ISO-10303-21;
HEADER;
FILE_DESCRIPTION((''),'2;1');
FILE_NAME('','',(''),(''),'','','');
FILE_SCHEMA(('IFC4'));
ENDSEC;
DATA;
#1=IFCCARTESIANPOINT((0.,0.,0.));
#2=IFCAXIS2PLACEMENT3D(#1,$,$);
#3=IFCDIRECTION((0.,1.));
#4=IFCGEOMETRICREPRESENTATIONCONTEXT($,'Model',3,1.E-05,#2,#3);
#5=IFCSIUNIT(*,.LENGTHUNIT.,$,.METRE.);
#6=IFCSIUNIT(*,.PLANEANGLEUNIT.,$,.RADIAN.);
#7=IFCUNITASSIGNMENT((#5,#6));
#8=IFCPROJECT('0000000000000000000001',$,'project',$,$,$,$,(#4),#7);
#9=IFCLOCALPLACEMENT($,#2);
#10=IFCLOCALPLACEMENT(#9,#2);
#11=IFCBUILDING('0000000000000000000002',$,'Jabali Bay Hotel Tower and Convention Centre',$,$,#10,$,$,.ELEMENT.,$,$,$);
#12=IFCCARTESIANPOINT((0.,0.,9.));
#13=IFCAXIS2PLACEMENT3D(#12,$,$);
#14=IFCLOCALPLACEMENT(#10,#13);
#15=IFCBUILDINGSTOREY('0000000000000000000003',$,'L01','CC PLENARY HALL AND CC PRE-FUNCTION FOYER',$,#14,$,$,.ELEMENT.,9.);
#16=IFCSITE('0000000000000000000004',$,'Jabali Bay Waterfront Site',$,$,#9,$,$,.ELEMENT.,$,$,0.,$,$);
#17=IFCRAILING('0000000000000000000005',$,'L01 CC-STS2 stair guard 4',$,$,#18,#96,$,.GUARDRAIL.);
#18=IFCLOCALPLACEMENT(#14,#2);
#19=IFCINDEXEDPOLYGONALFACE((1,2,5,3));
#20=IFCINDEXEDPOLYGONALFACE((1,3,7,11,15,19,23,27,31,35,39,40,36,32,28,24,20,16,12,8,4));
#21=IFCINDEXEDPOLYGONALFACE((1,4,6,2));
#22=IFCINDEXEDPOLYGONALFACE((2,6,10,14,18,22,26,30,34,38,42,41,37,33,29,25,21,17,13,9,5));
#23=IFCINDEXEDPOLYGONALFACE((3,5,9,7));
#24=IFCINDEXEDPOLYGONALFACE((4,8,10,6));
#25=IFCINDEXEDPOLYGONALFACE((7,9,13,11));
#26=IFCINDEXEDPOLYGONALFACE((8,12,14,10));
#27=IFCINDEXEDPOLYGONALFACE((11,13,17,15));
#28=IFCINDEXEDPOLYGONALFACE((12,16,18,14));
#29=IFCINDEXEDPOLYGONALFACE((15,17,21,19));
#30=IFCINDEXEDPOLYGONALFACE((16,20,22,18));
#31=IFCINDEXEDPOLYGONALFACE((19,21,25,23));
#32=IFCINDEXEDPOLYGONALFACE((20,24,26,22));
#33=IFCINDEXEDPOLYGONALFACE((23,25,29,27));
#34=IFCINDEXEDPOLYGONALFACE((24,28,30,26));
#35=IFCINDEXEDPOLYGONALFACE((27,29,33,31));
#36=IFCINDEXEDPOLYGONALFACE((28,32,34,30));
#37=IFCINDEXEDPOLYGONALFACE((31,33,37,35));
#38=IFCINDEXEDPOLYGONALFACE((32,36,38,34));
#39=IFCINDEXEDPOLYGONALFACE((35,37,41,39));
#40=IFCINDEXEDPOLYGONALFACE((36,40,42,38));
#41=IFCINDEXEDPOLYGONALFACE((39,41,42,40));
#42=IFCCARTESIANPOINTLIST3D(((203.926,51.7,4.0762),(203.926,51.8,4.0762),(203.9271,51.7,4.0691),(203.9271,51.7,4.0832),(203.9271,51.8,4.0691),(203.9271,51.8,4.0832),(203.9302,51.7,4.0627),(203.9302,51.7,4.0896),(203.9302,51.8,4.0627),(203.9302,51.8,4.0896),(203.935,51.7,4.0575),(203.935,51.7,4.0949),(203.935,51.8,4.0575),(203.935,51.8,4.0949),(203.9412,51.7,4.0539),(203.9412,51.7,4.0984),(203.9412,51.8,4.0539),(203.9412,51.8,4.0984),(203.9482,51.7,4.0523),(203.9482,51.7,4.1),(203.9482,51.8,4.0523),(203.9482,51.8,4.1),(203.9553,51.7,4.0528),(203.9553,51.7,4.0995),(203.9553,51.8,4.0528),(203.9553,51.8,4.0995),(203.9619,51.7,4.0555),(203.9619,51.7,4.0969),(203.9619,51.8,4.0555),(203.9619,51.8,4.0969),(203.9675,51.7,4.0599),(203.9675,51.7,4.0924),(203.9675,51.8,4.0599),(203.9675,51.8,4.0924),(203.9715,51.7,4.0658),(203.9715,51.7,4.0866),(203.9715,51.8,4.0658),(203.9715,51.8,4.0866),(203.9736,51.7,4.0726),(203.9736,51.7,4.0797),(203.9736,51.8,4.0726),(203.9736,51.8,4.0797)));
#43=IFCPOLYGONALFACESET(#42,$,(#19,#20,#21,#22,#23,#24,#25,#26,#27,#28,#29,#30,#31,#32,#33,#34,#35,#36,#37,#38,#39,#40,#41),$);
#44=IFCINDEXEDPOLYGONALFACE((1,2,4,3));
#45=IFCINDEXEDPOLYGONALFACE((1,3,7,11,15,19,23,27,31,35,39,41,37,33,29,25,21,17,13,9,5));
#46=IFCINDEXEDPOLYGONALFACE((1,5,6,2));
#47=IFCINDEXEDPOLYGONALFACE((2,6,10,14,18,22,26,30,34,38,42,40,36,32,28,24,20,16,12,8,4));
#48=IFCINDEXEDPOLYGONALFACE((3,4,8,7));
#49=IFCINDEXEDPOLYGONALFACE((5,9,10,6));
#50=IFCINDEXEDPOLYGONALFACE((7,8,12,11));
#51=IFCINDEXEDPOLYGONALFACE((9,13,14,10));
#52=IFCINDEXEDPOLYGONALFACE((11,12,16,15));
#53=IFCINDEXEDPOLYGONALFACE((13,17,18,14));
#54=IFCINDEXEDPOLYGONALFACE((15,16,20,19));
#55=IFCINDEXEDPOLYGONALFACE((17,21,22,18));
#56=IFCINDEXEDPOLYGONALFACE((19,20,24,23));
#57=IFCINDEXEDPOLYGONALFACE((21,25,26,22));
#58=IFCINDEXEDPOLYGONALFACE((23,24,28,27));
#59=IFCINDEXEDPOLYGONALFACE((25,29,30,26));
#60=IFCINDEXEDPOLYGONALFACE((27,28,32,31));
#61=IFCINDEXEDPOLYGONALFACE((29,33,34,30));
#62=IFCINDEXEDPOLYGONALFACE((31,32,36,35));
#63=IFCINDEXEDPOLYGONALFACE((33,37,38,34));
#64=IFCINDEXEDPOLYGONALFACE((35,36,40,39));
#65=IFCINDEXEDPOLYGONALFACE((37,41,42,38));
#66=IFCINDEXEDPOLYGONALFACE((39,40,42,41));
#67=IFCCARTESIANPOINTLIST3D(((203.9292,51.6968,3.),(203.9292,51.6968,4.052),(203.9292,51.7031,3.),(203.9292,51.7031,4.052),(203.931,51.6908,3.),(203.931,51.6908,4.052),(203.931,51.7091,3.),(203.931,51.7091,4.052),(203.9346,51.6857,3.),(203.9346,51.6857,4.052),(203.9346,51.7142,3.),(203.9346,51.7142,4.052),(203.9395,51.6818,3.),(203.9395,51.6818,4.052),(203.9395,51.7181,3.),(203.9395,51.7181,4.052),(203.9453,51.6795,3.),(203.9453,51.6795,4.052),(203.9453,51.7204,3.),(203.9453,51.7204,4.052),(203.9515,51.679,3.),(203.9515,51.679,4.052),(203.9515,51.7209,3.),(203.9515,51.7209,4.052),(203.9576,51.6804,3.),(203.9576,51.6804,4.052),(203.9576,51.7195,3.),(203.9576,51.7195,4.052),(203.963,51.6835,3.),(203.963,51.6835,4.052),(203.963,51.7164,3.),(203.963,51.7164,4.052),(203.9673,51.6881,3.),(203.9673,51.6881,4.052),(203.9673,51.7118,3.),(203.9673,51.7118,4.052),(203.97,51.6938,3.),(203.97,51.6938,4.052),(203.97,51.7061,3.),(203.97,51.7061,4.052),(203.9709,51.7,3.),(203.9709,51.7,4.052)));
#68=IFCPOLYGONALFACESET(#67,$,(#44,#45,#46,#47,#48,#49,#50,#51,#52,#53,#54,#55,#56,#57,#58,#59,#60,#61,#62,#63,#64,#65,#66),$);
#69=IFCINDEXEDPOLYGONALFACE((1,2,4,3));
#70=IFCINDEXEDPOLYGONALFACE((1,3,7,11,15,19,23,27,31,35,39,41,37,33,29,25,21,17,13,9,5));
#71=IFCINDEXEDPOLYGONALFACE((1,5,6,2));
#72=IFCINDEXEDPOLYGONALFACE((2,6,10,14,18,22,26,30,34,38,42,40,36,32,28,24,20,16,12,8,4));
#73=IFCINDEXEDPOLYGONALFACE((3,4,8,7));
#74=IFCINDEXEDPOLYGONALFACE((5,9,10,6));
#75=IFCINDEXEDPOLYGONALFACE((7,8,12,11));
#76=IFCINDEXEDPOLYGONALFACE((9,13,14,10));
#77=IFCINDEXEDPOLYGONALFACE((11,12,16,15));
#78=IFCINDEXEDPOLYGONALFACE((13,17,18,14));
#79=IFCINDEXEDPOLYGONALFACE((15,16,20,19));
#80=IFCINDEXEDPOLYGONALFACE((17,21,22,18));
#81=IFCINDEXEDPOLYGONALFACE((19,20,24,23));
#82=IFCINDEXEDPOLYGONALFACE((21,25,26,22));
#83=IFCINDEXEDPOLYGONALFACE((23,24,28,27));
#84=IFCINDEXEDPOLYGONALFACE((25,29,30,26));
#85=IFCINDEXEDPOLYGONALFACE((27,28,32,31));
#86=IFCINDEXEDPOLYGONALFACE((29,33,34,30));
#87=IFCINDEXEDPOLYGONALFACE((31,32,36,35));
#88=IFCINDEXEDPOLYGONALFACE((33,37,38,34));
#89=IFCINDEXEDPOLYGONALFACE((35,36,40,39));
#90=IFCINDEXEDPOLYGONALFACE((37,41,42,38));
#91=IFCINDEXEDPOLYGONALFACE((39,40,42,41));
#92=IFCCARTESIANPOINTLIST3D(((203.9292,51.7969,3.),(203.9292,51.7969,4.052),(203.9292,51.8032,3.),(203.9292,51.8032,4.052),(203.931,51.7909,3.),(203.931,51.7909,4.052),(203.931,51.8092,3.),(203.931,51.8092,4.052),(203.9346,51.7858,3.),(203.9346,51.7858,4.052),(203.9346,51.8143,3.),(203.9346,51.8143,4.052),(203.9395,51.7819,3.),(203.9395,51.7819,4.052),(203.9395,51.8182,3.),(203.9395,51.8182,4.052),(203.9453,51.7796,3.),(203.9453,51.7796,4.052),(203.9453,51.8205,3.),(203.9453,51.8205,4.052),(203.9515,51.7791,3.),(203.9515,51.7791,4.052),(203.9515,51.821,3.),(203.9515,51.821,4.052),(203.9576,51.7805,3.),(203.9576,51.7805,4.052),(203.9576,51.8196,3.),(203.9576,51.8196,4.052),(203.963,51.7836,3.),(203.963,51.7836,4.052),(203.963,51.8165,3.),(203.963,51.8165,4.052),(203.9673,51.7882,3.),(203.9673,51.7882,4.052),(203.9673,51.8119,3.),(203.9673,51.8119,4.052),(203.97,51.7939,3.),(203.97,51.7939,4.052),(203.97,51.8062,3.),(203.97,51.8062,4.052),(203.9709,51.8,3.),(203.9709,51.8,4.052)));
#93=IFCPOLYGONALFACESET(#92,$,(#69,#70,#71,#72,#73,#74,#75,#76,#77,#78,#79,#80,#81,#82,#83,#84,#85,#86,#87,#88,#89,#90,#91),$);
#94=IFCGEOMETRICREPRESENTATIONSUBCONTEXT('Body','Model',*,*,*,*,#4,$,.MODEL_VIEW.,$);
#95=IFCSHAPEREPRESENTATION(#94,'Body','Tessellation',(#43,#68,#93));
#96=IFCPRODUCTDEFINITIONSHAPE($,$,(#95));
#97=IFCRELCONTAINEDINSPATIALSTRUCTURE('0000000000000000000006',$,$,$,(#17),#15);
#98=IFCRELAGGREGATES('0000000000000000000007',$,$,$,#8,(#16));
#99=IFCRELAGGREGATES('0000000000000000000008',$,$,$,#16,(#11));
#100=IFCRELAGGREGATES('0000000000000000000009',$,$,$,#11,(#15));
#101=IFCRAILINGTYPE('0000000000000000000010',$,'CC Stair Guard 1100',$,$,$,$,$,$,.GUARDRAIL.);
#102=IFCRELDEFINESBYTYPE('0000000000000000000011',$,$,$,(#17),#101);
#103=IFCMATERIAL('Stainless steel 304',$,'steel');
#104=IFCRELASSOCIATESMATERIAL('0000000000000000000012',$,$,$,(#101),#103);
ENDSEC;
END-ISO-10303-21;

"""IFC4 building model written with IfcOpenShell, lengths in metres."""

from ifc_helpers import new_model, si_unit, direction, frame, origin, origin_2d, place, context, subcontext, project, spatial, circle, extrude, material, type_object, element, save


model = new_model("IFC4")

# Units and contexts
model_context = context("Model", 3, precision=1e-05, world=origin(), true_north=direction((0.0, 1.0)))
body_context = subcontext(model_context, "Body", "Model", "MODEL_VIEW")
ifc_project = project(units=[si_unit("LENGTHUNIT", "METRE"), si_unit("PLANEANGLEUNIT", "RADIAN")], contexts=[model_context])

# Site, building, storey
site_placement = place(None, origin())
site = spatial("IfcSite", under=ifc_project, at=site_placement, Name="Jabali Bay Waterfront Site", CompositionType="ELEMENT", RefElevation=0.0)
building_placement = place(site_placement, origin())
building = spatial("IfcBuilding", under=site, at=building_placement, Name="Jabali Bay Hotel Tower and Convention Centre", CompositionType="ELEMENT")
storey_placement = place(building_placement, frame((0.0, 0.0, 9.0)))
storey = spatial("IfcBuildingStorey", under=building, at=storey_placement, Name="L01", Description="CC PLENARY HALL AND CC PRE-FUNCTION FOYER", CompositionType="ELEMENT", Elevation=9.0)

# Railing
ifc_material_1 = material(Name="Stainless steel 304", Category="steel")
railing_type_1 = type_object("IfcRailingType", Name="CC Stair Guard 1100", PredefinedType="GUARDRAIL", material=ifc_material_1)
railing_1_placement = place(storey_placement, frame((203.95, 51.7, 3.0)))
element("IfcRailing", 1, at=railing_1_placement, inside=storey, type_object=railing_type_1, Name="L01 CC-STS2 stair guard 4", PredefinedType="GUARDRAIL", context=body_context, shape_type="SweptSolid", body=[
    extrude(circle(Radius=0.0239, at=origin_2d()), frame((0.0, 0.0, 1.0762), z_axis=(0.0, 1.0, 0.0), x_axis=(-1.0, 0.0, 0.0)), (0.0, 0.0, 1.0), 0.1001),
    extrude(circle(Radius=0.021, at=origin_2d()), origin(), (0.0, 0.0, 1.0), 1.052),
    extrude(circle(Radius=0.021, at=origin_2d()), frame((0.0, 0.1001, 0.0)), (0.0, 0.0, 1.0), 1.052),
])

save(model, "model.ifc")
